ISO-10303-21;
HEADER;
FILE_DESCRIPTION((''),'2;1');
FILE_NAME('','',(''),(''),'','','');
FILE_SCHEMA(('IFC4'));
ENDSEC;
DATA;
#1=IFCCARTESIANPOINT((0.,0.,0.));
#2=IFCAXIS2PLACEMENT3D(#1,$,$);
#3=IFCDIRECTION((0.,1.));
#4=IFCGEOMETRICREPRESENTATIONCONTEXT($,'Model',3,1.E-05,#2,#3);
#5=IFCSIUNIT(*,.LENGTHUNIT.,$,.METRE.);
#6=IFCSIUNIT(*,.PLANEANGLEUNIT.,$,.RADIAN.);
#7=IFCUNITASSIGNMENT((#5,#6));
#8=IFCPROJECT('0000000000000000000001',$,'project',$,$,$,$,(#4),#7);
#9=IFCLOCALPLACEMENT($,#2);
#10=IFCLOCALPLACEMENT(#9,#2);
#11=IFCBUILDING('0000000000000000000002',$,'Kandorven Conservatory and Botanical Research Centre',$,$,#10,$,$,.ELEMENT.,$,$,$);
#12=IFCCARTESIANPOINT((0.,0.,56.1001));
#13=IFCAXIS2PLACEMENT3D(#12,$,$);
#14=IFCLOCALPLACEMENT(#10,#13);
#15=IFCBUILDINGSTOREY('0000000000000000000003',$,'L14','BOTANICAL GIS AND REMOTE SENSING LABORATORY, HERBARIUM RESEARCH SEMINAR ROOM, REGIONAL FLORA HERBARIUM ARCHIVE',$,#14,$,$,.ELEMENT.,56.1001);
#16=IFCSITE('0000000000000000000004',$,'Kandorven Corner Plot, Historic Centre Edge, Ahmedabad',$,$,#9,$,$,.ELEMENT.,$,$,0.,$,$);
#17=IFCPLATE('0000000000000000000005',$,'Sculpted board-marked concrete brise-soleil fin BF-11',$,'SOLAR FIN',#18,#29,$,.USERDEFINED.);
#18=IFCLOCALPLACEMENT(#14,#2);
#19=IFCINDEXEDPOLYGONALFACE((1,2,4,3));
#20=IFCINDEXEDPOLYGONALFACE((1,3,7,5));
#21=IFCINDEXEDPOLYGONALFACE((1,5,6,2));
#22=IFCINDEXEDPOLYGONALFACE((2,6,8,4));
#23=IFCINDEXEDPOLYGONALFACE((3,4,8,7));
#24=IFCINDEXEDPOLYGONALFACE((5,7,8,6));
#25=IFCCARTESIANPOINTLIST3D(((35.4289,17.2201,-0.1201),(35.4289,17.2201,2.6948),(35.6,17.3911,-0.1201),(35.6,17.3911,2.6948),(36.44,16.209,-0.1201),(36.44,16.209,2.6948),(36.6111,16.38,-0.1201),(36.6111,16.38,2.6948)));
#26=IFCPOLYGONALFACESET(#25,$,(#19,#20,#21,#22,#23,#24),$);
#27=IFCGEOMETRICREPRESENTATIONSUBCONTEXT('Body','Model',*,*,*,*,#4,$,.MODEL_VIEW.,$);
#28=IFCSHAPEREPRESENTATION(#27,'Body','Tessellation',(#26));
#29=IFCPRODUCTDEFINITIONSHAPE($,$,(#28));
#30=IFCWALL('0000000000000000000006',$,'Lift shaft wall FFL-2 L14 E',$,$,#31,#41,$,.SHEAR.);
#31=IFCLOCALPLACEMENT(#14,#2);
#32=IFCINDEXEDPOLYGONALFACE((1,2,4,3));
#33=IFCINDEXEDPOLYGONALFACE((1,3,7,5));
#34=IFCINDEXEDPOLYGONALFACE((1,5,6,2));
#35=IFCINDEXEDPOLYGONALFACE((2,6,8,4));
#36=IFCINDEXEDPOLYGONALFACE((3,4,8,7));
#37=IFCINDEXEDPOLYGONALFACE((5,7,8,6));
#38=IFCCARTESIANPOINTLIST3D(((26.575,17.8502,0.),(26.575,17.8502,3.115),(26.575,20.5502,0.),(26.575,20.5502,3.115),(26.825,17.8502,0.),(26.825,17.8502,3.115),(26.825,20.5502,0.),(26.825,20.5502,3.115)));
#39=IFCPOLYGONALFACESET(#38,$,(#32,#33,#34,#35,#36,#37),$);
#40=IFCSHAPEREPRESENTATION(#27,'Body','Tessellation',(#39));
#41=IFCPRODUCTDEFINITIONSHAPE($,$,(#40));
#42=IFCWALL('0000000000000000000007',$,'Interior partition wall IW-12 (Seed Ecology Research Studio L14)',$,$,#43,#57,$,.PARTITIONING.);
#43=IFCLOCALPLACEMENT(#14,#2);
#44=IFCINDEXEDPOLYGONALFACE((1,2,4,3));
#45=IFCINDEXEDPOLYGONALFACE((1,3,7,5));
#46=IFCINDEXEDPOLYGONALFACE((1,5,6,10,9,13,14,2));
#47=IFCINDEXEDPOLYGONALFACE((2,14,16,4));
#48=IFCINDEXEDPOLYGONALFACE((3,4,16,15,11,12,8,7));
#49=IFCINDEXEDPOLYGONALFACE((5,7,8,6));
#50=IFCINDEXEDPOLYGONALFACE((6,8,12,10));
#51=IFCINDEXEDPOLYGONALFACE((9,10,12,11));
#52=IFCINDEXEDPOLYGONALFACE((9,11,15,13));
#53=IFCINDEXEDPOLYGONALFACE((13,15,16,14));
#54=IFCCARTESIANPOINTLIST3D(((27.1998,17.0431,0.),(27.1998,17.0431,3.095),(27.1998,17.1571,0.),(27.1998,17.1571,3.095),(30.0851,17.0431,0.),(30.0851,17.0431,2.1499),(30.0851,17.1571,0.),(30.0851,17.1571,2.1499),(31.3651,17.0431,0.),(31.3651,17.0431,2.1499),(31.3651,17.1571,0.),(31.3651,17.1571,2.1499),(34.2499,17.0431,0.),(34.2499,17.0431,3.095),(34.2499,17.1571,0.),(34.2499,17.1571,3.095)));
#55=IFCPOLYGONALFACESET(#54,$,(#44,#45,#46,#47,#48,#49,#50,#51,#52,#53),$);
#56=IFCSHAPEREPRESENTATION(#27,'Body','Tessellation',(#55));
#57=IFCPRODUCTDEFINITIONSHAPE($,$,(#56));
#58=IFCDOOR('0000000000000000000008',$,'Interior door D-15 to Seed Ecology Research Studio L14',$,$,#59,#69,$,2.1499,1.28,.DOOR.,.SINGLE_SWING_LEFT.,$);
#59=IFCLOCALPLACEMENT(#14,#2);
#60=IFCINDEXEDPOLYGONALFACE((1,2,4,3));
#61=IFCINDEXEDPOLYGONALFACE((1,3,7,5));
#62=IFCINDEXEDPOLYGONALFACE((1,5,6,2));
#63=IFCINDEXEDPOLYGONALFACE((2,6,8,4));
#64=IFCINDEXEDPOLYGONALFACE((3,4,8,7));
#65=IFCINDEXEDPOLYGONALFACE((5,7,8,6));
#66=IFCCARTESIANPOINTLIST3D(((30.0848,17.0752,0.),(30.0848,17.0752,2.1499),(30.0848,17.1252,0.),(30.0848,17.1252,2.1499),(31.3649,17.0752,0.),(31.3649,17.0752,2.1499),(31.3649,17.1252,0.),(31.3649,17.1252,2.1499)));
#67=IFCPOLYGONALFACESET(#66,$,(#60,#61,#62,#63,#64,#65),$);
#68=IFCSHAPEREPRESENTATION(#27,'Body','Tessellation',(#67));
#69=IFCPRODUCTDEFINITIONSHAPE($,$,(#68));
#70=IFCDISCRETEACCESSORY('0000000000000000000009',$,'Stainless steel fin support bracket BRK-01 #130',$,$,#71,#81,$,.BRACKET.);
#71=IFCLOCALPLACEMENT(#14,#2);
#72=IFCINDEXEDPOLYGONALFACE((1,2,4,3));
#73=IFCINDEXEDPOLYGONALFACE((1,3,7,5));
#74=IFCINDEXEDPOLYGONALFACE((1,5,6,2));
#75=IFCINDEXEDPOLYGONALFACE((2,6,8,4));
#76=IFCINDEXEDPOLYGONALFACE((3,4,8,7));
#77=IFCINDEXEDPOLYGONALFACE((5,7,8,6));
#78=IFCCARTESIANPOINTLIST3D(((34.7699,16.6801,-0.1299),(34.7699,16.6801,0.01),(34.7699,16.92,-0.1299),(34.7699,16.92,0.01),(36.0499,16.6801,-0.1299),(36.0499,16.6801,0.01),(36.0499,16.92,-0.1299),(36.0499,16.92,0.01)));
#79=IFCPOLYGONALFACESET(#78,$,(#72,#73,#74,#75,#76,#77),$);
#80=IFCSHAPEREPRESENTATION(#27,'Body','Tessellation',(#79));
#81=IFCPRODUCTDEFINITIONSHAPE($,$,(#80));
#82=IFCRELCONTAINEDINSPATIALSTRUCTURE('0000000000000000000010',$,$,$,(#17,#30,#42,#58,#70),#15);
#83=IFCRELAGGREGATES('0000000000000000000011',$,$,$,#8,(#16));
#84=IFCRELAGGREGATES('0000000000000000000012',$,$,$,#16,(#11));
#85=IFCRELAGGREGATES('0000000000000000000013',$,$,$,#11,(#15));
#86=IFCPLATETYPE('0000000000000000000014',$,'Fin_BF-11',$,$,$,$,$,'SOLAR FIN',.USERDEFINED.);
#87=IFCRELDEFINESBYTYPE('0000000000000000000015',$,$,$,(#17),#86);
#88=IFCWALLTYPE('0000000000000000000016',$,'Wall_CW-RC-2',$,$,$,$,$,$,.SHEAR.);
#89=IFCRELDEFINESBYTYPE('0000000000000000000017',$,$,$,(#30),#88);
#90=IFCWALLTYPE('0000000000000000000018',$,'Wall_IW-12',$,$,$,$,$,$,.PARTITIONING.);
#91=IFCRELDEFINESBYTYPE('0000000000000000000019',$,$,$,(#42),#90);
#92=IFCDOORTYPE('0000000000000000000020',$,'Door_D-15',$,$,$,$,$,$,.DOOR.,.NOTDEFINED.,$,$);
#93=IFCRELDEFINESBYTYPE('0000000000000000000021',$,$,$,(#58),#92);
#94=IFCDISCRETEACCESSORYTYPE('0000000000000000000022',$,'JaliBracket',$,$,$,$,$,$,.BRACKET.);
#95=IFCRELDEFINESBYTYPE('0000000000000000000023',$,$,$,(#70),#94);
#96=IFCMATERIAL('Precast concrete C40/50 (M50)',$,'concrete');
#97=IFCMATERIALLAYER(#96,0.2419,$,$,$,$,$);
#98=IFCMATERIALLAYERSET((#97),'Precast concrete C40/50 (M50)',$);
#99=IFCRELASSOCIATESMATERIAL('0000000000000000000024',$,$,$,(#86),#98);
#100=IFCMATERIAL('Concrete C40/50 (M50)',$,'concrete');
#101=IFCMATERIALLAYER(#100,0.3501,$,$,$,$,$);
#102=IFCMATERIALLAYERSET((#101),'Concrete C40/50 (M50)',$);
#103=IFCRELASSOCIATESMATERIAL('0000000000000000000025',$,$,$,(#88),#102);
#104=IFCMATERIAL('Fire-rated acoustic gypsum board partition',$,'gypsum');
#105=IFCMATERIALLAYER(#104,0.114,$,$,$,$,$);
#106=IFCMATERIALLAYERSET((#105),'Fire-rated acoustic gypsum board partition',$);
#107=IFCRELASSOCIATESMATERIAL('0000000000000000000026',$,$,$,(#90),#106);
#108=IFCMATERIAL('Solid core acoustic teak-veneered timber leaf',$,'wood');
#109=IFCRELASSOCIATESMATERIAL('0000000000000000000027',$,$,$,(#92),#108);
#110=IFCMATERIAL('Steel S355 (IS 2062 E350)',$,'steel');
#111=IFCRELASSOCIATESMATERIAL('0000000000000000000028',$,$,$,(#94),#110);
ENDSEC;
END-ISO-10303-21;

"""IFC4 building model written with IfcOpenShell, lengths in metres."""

from ifc_helpers import new_model, si_unit, direction, frame, frame_2d, origin, origin_2d, place, context, subcontext, project, spatial, rectangle, extrude, material, layer, layer_set, type_object, element, fill, save


model = new_model("IFC4")

# Units and contexts
model_context = context("Model", 3, precision=1e-05, world=origin(), true_north=direction((0.0, 1.0)))
body_context = subcontext(model_context, "Body", "Model", "MODEL_VIEW")
ifc_project = project(units=[si_unit("LENGTHUNIT", "METRE"), si_unit("PLANEANGLEUNIT", "RADIAN")], contexts=[model_context])

# Site, building, storey
site_placement = place(None, origin())
site = spatial("IfcSite", under=ifc_project, at=site_placement, Name="Kandorven Corner Plot, Historic Centre Edge, Ahmedabad", CompositionType="ELEMENT", RefElevation=0.0)
building_placement = place(site_placement, origin())
building = spatial("IfcBuilding", under=site, at=building_placement, Name="Kandorven Conservatory and Botanical Research Centre", CompositionType="ELEMENT")
storey_placement = place(building_placement, frame((0.0, 0.0, 56.1001)))
storey = spatial("IfcBuildingStorey", under=building, at=storey_placement, Name="L14", Description="BOTANICAL GIS AND REMOTE SENSING LABORATORY, HERBARIUM RESEARCH SEMINAR ROOM, REGIONAL FLORA HERBARIUM ARCHIVE", CompositionType="ELEMENT", Elevation=56.1001)

# Plate
ifc_material_1 = material(Name="Precast concrete C40/50 (M50)", Category="concrete")
ifc_layer_1 = layer(ifc_material_1, 0.2419)
ifc_layer_set_1 = layer_set([ifc_layer_1], Name="Precast concrete C40/50 (M50)")
plate_type_1 = type_object("IfcPlateType", Name="Fin_BF-11", ElementType="SOLAR FIN", PredefinedType="USERDEFINED", material=ifc_layer_set_1)
plate_1_placement = place(storey_placement, frame((36.02, 16.8, -0.1201), z_axis=(0.0, 0.0, 1.0), x_axis=(-0.707107, 0.707107, 0.0)))
element("IfcPlate", 1, at=plate_1_placement, inside=storey, type_object=plate_type_1, Name="Sculpted board-marked concrete brise-soleil fin BF-11", ObjectType="SOLAR FIN", PredefinedType="USERDEFINED", context=body_context, shape_type="SweptSolid", body=[
    extrude(rectangle(XDim=1.4299, YDim=0.2419, at=origin_2d()), origin(), (0.0, 0.0, 1.0), 2.8149),
])

# Wall
ifc_material_2 = material(Name="Concrete C40/50 (M50)", Category="concrete")
ifc_layer_2 = layer(ifc_material_2, 0.3501)
ifc_layer_set_2 = layer_set([ifc_layer_2], Name="Concrete C40/50 (M50)")
wall_type_1 = type_object("IfcWallType", Name="Wall_CW-RC-2", PredefinedType="SHEAR", material=ifc_layer_set_2)
wall_1_placement = place(storey_placement, frame((26.7, 17.8501, 0.0), z_axis=(0.0, 0.0, 1.0), x_axis=(0.0, 1.0, 0.0)))
element("IfcWall", 2, at=wall_1_placement, inside=storey, type_object=wall_type_1, Name="Lift shaft wall FFL-2 L14 E", PredefinedType="SHEAR", context=body_context, shape_type="SweptSolid", body=[
    extrude(rectangle(XDim=2.7, YDim=0.25, at=frame_2d((1.3501, 0.0))), origin(), (0.0, 0.0, 1.0), 3.115),
])

# Wall, opening, door
ifc_material_3 = material(Name="Fire-rated acoustic gypsum board partition", Category="gypsum")
ifc_layer_3 = layer(ifc_material_3, 0.114)
ifc_layer_set_3 = layer_set([ifc_layer_3], Name="Fire-rated acoustic gypsum board partition")
wall_type_2 = type_object("IfcWallType", Name="Wall_IW-12", PredefinedType="PARTITIONING", material=ifc_layer_set_3)
wall_2_placement = place(storey_placement, frame((27.2, 17.1001, 0.0), z_axis=(0.0, 0.0, 1.0), x_axis=(1.0, 0.0, 0.0)))
wall_2 = element("IfcWall", 3, at=wall_2_placement, inside=storey, type_object=wall_type_2, Name="Interior partition wall IW-12 (Seed Ecology Research Studio L14)", PredefinedType="PARTITIONING", context=body_context, shape_type="SweptSolid", body=[
    extrude(rectangle(XDim=7.05, YDim=0.114, at=frame_2d((3.5249, 0.0))), origin(), (0.0, 0.0, 1.0), 3.095),
])
opening_placement = place(wall_2_placement, frame((2.885, 0.0, 0.0)))
opening = element("IfcOpeningElement", 4, at=opening_placement, cuts=wall_2, PredefinedType="OPENING", context=body_context, shape_type="SweptSolid", body=[
    extrude(rectangle(XDim=1.28, YDim=2.1499, at=frame_2d((0.6401, 1.075))), frame((0.0, 0.0669, 0.0), z_axis=(0.0, -1.0, 0.0), x_axis=(1.0, 0.0, 0.0)), (0.0, 0.0, 1.0), 0.134),
])
ifc_material_4 = material(Name="Solid core acoustic teak-veneered timber leaf", Category="wood")
door_type = type_object("IfcDoorType", Name="Door_D-15", OperationType="NOTDEFINED", PredefinedType="DOOR", material=ifc_material_4)
door_placement = place(opening_placement, frame((1.28, 0.0, 0.0), z_axis=(0.0, 0.0, 1.0), x_axis=(-1.0, 0.0, 0.0)))
door = element("IfcDoor", 5, at=door_placement, inside=storey, type_object=door_type, Name="Interior door D-15 to Seed Ecology Research Studio L14", OperationType="SINGLE_SWING_LEFT", OverallHeight=2.1499, OverallWidth=1.28, PredefinedType="DOOR", context=body_context, shape_type="SweptSolid", body=[
    extrude(rectangle(XDim=1.28, YDim=2.1499, at=frame_2d((0.6401, 1.075))), frame((0.0, 0.0249, 0.0), z_axis=(0.0, -1.0, 0.0), x_axis=(1.0, 0.0, 0.0)), (0.0, 0.0, 1.0), 0.05),
])
fill(opening, door)

# Discrete accessory
ifc_material_5 = material(Name="Steel S355 (IS 2062 E350)", Category="steel")
discrete_accessory_type = type_object("IfcDiscreteAccessoryType", Name="JaliBracket", PredefinedType="BRACKET", material=ifc_material_5)
discrete_accessory_placement = place(storey_placement, frame((35.4099, 16.8, -0.1299), z_axis=(0.0, 0.0, 1.0), x_axis=(1.0, 0.0, 0.0)))
element("IfcDiscreteAccessory", 6, at=discrete_accessory_placement, inside=storey, type_object=discrete_accessory_type, Name="Stainless steel fin support bracket BRK-01 #130", PredefinedType="BRACKET", context=body_context, shape_type="SweptSolid", body=[
    extrude(rectangle(XDim=1.28, YDim=0.24, at=origin_2d()), origin(), (0.0, 0.0, 1.0), 0.1399),
])

save(model, "model.ifc")
